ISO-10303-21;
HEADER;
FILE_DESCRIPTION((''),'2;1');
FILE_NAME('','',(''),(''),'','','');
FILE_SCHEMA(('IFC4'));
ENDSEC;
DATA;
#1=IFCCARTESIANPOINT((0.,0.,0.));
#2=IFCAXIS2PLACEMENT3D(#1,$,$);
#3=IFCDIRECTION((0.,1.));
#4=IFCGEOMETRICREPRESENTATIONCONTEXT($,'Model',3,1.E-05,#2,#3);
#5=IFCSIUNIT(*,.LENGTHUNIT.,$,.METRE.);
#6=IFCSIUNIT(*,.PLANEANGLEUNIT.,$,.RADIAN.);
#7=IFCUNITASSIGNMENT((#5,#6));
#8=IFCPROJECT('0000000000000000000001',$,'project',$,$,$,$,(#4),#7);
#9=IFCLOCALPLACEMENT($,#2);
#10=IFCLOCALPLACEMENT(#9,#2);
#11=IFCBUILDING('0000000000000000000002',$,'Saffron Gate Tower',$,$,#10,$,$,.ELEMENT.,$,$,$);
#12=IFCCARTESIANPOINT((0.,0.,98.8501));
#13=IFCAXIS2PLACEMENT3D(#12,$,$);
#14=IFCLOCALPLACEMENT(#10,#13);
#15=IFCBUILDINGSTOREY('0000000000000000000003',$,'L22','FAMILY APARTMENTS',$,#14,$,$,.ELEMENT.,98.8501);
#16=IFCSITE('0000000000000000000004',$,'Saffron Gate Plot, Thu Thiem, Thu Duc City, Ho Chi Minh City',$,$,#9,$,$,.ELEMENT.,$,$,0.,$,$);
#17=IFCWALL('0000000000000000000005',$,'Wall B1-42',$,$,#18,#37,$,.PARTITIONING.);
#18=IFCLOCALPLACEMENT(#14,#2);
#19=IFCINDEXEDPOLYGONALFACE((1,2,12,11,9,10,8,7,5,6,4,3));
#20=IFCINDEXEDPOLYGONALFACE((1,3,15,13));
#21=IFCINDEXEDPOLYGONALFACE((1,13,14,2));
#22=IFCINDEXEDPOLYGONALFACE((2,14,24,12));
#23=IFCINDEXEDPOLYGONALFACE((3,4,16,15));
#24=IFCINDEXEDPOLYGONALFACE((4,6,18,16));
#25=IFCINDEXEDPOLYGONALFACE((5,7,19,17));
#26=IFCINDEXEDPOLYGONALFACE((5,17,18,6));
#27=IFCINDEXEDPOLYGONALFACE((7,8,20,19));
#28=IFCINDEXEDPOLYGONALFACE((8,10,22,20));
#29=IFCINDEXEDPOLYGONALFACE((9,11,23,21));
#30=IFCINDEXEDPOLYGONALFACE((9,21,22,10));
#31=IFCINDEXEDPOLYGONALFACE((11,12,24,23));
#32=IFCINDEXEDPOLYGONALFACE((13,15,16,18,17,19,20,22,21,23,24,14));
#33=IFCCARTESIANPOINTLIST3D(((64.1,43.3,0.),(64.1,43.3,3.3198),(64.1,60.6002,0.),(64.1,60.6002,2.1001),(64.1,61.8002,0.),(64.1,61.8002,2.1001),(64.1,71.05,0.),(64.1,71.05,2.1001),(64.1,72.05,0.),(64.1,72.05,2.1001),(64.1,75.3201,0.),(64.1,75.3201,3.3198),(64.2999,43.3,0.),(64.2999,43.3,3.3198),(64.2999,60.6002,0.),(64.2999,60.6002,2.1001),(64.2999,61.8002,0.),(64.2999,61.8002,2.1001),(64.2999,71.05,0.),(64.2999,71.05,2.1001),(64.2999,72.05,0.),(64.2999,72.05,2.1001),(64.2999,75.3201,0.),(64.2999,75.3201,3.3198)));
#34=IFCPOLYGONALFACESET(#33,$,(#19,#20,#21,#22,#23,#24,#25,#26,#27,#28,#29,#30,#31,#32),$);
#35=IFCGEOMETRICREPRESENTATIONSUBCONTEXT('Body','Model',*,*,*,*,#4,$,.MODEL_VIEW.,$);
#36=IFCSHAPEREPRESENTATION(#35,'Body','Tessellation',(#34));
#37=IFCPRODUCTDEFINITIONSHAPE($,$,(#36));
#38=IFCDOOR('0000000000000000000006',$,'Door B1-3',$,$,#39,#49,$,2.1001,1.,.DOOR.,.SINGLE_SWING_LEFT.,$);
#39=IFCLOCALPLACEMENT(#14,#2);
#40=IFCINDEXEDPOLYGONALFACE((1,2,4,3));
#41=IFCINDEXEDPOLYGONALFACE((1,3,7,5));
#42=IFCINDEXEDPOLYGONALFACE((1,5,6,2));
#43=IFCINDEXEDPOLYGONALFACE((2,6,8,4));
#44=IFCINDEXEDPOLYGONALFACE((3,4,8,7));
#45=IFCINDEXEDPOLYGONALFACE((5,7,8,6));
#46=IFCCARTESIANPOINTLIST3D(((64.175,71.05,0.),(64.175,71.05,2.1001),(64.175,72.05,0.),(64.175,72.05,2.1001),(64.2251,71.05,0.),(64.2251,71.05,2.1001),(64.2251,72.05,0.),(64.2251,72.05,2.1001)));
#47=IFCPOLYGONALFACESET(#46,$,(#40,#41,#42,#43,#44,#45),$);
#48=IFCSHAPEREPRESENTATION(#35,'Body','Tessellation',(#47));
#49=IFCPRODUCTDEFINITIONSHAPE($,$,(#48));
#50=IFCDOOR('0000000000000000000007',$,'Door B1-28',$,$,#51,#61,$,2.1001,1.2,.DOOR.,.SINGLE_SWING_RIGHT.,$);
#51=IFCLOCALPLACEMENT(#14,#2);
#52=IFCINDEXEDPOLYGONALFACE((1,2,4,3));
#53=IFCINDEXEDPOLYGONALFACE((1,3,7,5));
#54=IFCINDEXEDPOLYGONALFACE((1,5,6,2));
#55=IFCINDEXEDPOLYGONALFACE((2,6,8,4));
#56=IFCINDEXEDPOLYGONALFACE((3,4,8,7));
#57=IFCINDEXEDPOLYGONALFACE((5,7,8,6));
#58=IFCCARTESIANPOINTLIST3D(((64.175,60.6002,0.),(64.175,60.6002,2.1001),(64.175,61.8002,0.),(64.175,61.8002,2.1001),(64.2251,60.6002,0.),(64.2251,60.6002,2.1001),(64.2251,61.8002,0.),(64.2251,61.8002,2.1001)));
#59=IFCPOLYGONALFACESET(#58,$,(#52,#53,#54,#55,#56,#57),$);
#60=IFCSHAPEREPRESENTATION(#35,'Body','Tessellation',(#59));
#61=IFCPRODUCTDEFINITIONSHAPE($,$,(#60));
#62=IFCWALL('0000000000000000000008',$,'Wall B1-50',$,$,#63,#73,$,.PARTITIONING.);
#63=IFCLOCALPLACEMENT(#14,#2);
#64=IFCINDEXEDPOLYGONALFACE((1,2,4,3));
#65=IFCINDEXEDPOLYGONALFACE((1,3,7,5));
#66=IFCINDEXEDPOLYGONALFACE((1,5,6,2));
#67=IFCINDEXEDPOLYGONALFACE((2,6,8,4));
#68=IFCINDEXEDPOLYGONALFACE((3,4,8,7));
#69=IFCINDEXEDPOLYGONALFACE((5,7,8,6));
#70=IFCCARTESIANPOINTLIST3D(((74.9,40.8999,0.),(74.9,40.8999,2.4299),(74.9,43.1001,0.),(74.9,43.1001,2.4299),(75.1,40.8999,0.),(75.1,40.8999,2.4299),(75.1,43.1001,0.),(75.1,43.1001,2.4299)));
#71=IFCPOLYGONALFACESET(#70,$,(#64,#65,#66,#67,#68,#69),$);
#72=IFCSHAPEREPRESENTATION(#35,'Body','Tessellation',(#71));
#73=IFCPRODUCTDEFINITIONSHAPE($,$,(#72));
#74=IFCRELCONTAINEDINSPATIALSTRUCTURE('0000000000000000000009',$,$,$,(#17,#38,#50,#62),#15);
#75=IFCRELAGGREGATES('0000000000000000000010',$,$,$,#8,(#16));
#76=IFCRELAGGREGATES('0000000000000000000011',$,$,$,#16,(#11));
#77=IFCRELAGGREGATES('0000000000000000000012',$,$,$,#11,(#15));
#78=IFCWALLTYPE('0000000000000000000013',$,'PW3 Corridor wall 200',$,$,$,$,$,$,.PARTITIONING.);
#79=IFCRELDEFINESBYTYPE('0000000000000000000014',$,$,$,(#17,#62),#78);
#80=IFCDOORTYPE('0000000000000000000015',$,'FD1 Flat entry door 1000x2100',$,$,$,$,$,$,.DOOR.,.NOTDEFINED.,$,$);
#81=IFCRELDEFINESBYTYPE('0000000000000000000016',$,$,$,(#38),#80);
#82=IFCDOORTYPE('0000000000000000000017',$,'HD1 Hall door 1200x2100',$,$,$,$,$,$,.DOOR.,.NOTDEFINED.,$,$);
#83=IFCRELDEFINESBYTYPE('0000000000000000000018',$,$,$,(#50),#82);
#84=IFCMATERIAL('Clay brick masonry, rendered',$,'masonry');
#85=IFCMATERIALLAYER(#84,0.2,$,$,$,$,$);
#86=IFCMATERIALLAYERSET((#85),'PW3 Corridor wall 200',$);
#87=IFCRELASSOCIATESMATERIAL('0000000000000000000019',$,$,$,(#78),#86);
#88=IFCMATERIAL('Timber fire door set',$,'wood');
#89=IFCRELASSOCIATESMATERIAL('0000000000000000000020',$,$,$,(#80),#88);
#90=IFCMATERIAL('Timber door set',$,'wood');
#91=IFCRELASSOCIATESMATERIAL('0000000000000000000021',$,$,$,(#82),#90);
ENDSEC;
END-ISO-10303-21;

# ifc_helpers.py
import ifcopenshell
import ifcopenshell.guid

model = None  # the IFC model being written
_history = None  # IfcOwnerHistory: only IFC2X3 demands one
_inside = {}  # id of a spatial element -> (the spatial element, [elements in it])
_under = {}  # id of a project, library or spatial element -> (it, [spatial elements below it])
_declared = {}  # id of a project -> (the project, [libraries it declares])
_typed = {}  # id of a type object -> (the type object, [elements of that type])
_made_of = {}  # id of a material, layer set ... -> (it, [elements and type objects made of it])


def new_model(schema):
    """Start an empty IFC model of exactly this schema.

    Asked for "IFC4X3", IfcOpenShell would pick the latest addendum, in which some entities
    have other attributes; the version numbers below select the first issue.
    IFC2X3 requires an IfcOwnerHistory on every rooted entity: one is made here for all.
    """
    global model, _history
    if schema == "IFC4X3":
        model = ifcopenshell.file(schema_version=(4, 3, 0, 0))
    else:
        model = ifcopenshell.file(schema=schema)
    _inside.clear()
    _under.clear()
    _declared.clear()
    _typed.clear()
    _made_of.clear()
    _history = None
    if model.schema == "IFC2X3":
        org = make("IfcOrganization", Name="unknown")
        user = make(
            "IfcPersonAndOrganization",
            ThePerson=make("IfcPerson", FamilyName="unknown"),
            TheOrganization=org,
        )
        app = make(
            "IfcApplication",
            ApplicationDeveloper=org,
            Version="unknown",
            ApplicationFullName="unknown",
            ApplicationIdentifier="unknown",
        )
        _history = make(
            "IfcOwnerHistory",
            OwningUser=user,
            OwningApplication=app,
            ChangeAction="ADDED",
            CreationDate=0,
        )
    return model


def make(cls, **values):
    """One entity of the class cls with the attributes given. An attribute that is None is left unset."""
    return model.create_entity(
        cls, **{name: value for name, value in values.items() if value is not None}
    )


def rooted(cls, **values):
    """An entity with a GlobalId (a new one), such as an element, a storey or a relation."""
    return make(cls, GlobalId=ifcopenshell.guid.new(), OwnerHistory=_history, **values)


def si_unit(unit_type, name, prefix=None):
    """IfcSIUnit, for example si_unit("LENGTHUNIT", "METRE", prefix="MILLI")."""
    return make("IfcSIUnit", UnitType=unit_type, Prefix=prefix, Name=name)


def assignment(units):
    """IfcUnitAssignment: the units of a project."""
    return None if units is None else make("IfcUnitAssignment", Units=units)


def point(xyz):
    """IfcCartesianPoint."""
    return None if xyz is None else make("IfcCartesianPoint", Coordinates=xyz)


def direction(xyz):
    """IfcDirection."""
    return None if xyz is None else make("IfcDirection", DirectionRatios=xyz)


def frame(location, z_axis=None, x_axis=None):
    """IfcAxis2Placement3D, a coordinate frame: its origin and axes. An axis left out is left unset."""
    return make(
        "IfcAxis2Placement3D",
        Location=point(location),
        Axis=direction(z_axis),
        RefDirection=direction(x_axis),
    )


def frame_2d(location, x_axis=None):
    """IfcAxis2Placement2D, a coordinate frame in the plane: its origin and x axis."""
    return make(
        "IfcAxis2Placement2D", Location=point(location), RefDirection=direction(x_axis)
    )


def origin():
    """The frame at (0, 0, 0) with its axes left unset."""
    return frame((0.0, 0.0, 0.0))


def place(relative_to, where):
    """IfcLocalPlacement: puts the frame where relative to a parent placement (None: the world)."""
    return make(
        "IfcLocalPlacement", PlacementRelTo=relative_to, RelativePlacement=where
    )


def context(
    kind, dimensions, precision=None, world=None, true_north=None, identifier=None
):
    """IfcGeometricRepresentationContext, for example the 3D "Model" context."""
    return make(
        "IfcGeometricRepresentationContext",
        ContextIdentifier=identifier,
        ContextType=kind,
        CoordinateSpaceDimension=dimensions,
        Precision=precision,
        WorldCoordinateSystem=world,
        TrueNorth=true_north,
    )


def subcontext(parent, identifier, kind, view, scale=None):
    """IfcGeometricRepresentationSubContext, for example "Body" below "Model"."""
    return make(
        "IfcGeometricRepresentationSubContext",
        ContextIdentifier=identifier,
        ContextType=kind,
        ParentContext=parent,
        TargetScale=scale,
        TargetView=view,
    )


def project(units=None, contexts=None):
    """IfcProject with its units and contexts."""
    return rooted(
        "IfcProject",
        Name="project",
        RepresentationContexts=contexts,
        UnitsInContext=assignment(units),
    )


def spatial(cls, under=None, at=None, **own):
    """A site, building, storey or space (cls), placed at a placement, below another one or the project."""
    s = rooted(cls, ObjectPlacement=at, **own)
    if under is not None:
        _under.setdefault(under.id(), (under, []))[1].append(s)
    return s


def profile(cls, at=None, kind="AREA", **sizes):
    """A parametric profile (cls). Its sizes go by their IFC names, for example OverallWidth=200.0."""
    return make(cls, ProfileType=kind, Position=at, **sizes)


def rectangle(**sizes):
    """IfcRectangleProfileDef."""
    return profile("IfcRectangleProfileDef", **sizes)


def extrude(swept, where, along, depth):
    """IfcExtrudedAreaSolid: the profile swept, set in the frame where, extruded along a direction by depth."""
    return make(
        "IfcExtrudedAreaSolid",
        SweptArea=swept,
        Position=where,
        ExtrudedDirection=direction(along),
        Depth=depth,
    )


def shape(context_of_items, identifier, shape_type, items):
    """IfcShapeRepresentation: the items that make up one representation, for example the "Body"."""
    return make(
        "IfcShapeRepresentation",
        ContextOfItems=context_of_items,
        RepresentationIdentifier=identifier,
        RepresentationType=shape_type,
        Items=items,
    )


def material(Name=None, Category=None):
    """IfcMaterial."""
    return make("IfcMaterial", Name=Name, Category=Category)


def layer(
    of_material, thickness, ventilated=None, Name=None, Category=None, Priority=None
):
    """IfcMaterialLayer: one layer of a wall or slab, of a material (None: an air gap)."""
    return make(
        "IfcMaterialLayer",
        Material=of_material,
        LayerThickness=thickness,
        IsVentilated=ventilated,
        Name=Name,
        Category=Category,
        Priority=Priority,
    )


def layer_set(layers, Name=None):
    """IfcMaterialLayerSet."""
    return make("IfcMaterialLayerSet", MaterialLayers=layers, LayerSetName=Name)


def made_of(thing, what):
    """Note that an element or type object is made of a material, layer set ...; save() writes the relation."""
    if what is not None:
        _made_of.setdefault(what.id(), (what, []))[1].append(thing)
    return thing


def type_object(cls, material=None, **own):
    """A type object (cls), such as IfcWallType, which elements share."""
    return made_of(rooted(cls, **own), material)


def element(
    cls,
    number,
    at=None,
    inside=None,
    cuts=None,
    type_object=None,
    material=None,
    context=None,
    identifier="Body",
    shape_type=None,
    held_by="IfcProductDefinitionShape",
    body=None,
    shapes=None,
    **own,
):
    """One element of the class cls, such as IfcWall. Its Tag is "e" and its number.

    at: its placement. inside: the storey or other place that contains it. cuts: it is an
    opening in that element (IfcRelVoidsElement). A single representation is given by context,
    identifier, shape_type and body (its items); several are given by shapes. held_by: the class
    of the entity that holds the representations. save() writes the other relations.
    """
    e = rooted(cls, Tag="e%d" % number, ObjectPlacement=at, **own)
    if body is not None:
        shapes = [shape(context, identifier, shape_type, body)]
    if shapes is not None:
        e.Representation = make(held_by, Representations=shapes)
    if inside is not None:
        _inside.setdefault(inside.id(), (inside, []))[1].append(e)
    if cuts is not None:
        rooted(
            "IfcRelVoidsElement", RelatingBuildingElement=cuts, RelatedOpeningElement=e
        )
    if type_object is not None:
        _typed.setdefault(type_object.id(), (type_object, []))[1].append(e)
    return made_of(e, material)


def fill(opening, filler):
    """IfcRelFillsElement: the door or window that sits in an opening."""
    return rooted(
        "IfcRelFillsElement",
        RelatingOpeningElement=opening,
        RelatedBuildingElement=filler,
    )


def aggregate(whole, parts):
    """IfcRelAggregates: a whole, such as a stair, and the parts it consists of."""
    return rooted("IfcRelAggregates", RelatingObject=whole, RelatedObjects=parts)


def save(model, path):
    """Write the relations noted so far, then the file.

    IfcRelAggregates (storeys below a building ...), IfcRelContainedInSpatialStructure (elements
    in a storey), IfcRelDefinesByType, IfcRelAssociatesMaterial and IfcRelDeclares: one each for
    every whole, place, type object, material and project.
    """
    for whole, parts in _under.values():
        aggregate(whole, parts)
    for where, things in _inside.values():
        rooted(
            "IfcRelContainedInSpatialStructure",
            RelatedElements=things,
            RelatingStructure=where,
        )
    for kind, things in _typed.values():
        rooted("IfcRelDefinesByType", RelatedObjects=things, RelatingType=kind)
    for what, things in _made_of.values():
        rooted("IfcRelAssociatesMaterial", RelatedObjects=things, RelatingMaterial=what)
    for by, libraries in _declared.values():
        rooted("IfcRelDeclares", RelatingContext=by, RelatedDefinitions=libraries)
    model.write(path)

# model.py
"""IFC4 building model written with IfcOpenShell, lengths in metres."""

from ifc_helpers import new_model, si_unit, direction, frame, frame_2d, origin, place, context, subcontext, project, spatial, rectangle, extrude, material, layer, layer_set, type_object, element, fill, save


model = new_model("IFC4")

# Units and contexts
model_context = context("Model", 3, precision=1e-05, world=origin(), true_north=direction((0.0, 1.0)))
body_context = subcontext(model_context, "Body", "Model", "MODEL_VIEW")
ifc_project = project(units=[si_unit("LENGTHUNIT", "METRE"), si_unit("PLANEANGLEUNIT", "RADIAN")], contexts=[model_context])

# Site, building, storey
site_placement = place(None, origin())
site = spatial("IfcSite", under=ifc_project, at=site_placement, Name="Saffron Gate Plot, Thu Thiem, Thu Duc City, Ho Chi Minh City", CompositionType="ELEMENT", RefElevation=0.0)
building_placement = place(site_placement, origin())
building = spatial("IfcBuilding", under=site, at=building_placement, Name="Saffron Gate Tower", CompositionType="ELEMENT")
storey_placement = place(building_placement, frame((0.0, 0.0, 98.8501)))
storey = spatial("IfcBuildingStorey", under=building, at=storey_placement, Name="L22", Description="FAMILY APARTMENTS", CompositionType="ELEMENT", Elevation=98.8501)

# Shared definitions
ifc_material_1 = material(Name="Timber door set", Category="wood")

# Shared definitions
ifc_material_2 = material(Name="Clay brick masonry, rendered", Category="masonry")
ifc_layer_1 = layer(ifc_material_2, 0.2)
ifc_layer_set_1 = layer_set([ifc_layer_1], Name="PW3 Corridor wall 200")
wall_type_1 = type_object("IfcWallType", Name="PW3 Corridor wall 200", PredefinedType="PARTITIONING", material=ifc_layer_set_1)
ifc_material_3 = material(Name="Timber fire door set", Category="wood")
door_type_1 = type_object("IfcDoorType", Name="FD1 Flat entry door 1000x2100", OperationType="NOTDEFINED", PredefinedType="DOOR", material=ifc_material_3)

# Wall, openings, doors
wall_1_placement = place(storey_placement, frame((64.2, 43.3, 0.0), z_axis=(0.0, 0.0, 1.0), x_axis=(0.0, 1.0, 0.0)))
wall_1 = element("IfcWall", 1, at=wall_1_placement, inside=storey, type_object=wall_type_1, Name="Wall B1-42", PredefinedType="PARTITIONING", context=body_context, shape_type="SweptSolid", body=[
    extrude(rectangle(XDim=32.02, YDim=0.2, at=frame_2d((16.01, 0.0))), origin(), (0.0, 0.0, 1.0), 3.3198),
])
opening_1_placement = place(wall_1_placement, frame((17.3, 0.0, 0.0)))
opening_1 = element("IfcOpeningElement", 2, at=opening_1_placement, cuts=wall_1, PredefinedType="OPENING", context=body_context, shape_type="SweptSolid", body=[
    extrude(rectangle(XDim=1.2, YDim=2.1001, at=frame_2d((0.6001, 1.05))), frame((0.0, 0.1099, 0.0), z_axis=(0.0, -1.0, 0.0), x_axis=(1.0, 0.0, 0.0)), (0.0, 0.0, 1.0), 0.22),
])
opening_2_placement = place(wall_1_placement, frame((27.75, 0.0, 0.0)))
opening_2 = element("IfcOpeningElement", 3, at=opening_2_placement, cuts=wall_1, PredefinedType="OPENING", context=body_context, shape_type="SweptSolid", body=[
    extrude(rectangle(XDim=1.0, YDim=2.1001, at=frame_2d((0.5, 1.05))), frame((0.0, 0.1099, 0.0), z_axis=(0.0, -1.0, 0.0), x_axis=(1.0, 0.0, 0.0)), (0.0, 0.0, 1.0), 0.22),
])
door_1_placement = place(opening_2_placement, origin())
door_1 = element("IfcDoor", 4, at=door_1_placement, inside=storey, type_object=door_type_1, Name="Door B1-3", OperationType="SINGLE_SWING_LEFT", OverallHeight=2.1001, OverallWidth=1.0, PredefinedType="DOOR", context=body_context, shape_type="SweptSolid", body=[
    extrude(rectangle(XDim=1.0, YDim=2.1001, at=frame_2d((0.5, 1.05))), frame((0.0, 0.0249, 0.0), z_axis=(0.0, -1.0, 0.0), x_axis=(1.0, 0.0, 0.0)), (0.0, 0.0, 1.0), 0.05),
])
fill(opening_2, door_1)
door_type_2 = type_object("IfcDoorType", Name="HD1 Hall door 1200x2100", OperationType="NOTDEFINED", PredefinedType="DOOR", material=ifc_material_1)
door_2_placement = place(opening_1_placement, origin())
door_2 = element("IfcDoor", 5, at=door_2_placement, inside=storey, type_object=door_type_2, Name="Door B1-28", OperationType="SINGLE_SWING_RIGHT", OverallHeight=2.1001, OverallWidth=1.2, PredefinedType="DOOR", context=body_context, shape_type="SweptSolid", body=[
    extrude(rectangle(XDim=1.2, YDim=2.1001, at=frame_2d((0.6001, 1.05))), frame((0.0, 0.0249, 0.0), z_axis=(0.0, -1.0, 0.0), x_axis=(1.0, 0.0, 0.0)), (0.0, 0.0, 1.0), 0.05),
])
fill(opening_1, door_2)

# Wall
wall_2_placement = place(storey_placement, frame((75.0, 43.1001, 0.0), z_axis=(0.0, 0.0, 1.0), x_axis=(0.0, -1.0, 0.0)))
element("IfcWall", 6, at=wall_2_placement, inside=storey, type_object=wall_type_1, Name="Wall B1-50", PredefinedType="PARTITIONING", context=body_context, shape_type="SweptSolid", body=[
    extrude(rectangle(XDim=2.2002, YDim=0.2, at=frame_2d((1.1001, 0.0))), origin(), (0.0, 0.0, 1.0), 2.4299),
])

save(model, "model.ifc")
